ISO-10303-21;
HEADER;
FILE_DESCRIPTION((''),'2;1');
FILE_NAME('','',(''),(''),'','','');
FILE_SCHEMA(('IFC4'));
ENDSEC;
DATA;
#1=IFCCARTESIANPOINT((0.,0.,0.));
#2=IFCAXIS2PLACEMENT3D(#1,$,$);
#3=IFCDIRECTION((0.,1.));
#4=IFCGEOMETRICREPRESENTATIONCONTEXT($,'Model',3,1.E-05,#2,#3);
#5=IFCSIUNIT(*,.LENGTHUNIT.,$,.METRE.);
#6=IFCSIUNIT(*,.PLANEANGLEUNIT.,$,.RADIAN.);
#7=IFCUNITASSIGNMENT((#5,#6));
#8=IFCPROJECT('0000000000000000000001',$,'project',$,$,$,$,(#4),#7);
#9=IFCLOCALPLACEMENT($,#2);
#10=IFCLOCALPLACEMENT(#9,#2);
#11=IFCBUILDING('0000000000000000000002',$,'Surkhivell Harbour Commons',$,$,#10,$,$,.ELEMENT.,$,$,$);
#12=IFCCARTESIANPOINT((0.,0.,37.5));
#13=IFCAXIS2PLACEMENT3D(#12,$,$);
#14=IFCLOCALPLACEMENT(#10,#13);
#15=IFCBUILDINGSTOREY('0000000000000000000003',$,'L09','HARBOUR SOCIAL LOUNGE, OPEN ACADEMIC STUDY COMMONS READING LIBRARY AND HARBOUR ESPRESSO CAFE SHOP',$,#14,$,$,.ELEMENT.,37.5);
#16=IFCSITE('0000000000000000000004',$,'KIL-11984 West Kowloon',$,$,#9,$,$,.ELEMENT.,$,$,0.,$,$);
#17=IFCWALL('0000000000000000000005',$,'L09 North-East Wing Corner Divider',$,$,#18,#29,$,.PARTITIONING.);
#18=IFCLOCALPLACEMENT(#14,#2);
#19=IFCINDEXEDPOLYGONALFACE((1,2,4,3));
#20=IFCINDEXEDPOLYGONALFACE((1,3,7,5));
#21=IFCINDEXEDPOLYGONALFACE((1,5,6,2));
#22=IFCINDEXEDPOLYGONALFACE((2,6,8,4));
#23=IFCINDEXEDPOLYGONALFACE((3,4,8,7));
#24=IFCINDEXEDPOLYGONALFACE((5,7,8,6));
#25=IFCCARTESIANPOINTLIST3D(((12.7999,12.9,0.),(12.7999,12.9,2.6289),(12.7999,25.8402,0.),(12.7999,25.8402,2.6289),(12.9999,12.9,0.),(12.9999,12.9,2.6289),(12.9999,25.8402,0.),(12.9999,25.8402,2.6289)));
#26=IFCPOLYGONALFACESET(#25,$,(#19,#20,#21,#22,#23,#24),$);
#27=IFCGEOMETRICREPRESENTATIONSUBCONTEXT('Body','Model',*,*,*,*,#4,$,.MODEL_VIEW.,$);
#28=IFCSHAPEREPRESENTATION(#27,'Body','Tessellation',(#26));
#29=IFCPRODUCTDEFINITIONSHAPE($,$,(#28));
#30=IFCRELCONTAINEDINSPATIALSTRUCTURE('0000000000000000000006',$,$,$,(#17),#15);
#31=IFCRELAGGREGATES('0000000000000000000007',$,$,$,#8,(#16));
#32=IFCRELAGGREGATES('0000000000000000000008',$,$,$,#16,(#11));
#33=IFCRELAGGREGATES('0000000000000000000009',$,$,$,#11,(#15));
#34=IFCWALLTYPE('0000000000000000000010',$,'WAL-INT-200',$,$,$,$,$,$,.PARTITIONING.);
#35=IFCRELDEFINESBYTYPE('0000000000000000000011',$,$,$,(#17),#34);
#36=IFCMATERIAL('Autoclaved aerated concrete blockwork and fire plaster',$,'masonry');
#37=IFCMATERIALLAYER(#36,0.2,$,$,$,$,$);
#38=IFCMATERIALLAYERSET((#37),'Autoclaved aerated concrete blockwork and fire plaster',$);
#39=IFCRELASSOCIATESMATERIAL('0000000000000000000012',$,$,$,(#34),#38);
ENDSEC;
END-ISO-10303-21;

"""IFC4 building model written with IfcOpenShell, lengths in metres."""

from ifc_helpers import new_model, si_unit, direction, frame, frame_2d, origin, place, context, subcontext, project, spatial, rectangle, extrude, material, layer, layer_set, type_object, element, save


model = new_model("IFC4")

# Units and contexts
model_context = context("Model", 3, precision=1e-05, world=origin(), true_north=direction((0.0, 1.0)))
body_context = subcontext(model_context, "Body", "Model", "MODEL_VIEW")
ifc_project = project(units=[si_unit("LENGTHUNIT", "METRE"), si_unit("PLANEANGLEUNIT", "RADIAN")], contexts=[model_context])

# Site, building, storey
site_placement = place(None, origin())
site = spatial("IfcSite", under=ifc_project, at=site_placement, Name="KIL-11984 West Kowloon", CompositionType="ELEMENT", RefElevation=0.0)
building_placement = place(site_placement, origin())
building = spatial("IfcBuilding", under=site, at=building_placement, Name="Surkhivell Harbour Commons", CompositionType="ELEMENT")
storey_placement = place(building_placement, frame((0.0, 0.0, 37.5)))
storey = spatial("IfcBuildingStorey", under=building, at=storey_placement, Name="L09", Description="HARBOUR SOCIAL LOUNGE, OPEN ACADEMIC STUDY COMMONS READING LIBRARY AND HARBOUR ESPRESSO CAFE SHOP", CompositionType="ELEMENT", Elevation=37.5)

# Wall
ifc_material_1 = material(Name="Autoclaved aerated concrete blockwork and fire plaster", Category="masonry")
ifc_layer_1 = layer(ifc_material_1, 0.2)
ifc_layer_set_1 = layer_set([ifc_layer_1], Name="Autoclaved aerated concrete blockwork and fire plaster")
wall_type = type_object("IfcWallType", Name="WAL-INT-200", PredefinedType="PARTITIONING", material=ifc_layer_set_1)
wall_placement = place(storey_placement, frame((12.8999, 12.8999, 0.0), z_axis=(0.0, 0.0, 1.0), x_axis=(0.0, 1.0, 0.0)))
element("IfcWall", 1, at=wall_placement, inside=storey, type_object=wall_type, Name="L09 North-East Wing Corner Divider", PredefinedType="PARTITIONING", context=body_context, shape_type="SweptSolid", body=[
    extrude(rectangle(XDim=12.9402, YDim=0.2, at=frame_2d((6.4702, 0.0))), origin(), (0.0, 0.0, 1.0), 2.6289),
])

save(model, "model.ifc")
